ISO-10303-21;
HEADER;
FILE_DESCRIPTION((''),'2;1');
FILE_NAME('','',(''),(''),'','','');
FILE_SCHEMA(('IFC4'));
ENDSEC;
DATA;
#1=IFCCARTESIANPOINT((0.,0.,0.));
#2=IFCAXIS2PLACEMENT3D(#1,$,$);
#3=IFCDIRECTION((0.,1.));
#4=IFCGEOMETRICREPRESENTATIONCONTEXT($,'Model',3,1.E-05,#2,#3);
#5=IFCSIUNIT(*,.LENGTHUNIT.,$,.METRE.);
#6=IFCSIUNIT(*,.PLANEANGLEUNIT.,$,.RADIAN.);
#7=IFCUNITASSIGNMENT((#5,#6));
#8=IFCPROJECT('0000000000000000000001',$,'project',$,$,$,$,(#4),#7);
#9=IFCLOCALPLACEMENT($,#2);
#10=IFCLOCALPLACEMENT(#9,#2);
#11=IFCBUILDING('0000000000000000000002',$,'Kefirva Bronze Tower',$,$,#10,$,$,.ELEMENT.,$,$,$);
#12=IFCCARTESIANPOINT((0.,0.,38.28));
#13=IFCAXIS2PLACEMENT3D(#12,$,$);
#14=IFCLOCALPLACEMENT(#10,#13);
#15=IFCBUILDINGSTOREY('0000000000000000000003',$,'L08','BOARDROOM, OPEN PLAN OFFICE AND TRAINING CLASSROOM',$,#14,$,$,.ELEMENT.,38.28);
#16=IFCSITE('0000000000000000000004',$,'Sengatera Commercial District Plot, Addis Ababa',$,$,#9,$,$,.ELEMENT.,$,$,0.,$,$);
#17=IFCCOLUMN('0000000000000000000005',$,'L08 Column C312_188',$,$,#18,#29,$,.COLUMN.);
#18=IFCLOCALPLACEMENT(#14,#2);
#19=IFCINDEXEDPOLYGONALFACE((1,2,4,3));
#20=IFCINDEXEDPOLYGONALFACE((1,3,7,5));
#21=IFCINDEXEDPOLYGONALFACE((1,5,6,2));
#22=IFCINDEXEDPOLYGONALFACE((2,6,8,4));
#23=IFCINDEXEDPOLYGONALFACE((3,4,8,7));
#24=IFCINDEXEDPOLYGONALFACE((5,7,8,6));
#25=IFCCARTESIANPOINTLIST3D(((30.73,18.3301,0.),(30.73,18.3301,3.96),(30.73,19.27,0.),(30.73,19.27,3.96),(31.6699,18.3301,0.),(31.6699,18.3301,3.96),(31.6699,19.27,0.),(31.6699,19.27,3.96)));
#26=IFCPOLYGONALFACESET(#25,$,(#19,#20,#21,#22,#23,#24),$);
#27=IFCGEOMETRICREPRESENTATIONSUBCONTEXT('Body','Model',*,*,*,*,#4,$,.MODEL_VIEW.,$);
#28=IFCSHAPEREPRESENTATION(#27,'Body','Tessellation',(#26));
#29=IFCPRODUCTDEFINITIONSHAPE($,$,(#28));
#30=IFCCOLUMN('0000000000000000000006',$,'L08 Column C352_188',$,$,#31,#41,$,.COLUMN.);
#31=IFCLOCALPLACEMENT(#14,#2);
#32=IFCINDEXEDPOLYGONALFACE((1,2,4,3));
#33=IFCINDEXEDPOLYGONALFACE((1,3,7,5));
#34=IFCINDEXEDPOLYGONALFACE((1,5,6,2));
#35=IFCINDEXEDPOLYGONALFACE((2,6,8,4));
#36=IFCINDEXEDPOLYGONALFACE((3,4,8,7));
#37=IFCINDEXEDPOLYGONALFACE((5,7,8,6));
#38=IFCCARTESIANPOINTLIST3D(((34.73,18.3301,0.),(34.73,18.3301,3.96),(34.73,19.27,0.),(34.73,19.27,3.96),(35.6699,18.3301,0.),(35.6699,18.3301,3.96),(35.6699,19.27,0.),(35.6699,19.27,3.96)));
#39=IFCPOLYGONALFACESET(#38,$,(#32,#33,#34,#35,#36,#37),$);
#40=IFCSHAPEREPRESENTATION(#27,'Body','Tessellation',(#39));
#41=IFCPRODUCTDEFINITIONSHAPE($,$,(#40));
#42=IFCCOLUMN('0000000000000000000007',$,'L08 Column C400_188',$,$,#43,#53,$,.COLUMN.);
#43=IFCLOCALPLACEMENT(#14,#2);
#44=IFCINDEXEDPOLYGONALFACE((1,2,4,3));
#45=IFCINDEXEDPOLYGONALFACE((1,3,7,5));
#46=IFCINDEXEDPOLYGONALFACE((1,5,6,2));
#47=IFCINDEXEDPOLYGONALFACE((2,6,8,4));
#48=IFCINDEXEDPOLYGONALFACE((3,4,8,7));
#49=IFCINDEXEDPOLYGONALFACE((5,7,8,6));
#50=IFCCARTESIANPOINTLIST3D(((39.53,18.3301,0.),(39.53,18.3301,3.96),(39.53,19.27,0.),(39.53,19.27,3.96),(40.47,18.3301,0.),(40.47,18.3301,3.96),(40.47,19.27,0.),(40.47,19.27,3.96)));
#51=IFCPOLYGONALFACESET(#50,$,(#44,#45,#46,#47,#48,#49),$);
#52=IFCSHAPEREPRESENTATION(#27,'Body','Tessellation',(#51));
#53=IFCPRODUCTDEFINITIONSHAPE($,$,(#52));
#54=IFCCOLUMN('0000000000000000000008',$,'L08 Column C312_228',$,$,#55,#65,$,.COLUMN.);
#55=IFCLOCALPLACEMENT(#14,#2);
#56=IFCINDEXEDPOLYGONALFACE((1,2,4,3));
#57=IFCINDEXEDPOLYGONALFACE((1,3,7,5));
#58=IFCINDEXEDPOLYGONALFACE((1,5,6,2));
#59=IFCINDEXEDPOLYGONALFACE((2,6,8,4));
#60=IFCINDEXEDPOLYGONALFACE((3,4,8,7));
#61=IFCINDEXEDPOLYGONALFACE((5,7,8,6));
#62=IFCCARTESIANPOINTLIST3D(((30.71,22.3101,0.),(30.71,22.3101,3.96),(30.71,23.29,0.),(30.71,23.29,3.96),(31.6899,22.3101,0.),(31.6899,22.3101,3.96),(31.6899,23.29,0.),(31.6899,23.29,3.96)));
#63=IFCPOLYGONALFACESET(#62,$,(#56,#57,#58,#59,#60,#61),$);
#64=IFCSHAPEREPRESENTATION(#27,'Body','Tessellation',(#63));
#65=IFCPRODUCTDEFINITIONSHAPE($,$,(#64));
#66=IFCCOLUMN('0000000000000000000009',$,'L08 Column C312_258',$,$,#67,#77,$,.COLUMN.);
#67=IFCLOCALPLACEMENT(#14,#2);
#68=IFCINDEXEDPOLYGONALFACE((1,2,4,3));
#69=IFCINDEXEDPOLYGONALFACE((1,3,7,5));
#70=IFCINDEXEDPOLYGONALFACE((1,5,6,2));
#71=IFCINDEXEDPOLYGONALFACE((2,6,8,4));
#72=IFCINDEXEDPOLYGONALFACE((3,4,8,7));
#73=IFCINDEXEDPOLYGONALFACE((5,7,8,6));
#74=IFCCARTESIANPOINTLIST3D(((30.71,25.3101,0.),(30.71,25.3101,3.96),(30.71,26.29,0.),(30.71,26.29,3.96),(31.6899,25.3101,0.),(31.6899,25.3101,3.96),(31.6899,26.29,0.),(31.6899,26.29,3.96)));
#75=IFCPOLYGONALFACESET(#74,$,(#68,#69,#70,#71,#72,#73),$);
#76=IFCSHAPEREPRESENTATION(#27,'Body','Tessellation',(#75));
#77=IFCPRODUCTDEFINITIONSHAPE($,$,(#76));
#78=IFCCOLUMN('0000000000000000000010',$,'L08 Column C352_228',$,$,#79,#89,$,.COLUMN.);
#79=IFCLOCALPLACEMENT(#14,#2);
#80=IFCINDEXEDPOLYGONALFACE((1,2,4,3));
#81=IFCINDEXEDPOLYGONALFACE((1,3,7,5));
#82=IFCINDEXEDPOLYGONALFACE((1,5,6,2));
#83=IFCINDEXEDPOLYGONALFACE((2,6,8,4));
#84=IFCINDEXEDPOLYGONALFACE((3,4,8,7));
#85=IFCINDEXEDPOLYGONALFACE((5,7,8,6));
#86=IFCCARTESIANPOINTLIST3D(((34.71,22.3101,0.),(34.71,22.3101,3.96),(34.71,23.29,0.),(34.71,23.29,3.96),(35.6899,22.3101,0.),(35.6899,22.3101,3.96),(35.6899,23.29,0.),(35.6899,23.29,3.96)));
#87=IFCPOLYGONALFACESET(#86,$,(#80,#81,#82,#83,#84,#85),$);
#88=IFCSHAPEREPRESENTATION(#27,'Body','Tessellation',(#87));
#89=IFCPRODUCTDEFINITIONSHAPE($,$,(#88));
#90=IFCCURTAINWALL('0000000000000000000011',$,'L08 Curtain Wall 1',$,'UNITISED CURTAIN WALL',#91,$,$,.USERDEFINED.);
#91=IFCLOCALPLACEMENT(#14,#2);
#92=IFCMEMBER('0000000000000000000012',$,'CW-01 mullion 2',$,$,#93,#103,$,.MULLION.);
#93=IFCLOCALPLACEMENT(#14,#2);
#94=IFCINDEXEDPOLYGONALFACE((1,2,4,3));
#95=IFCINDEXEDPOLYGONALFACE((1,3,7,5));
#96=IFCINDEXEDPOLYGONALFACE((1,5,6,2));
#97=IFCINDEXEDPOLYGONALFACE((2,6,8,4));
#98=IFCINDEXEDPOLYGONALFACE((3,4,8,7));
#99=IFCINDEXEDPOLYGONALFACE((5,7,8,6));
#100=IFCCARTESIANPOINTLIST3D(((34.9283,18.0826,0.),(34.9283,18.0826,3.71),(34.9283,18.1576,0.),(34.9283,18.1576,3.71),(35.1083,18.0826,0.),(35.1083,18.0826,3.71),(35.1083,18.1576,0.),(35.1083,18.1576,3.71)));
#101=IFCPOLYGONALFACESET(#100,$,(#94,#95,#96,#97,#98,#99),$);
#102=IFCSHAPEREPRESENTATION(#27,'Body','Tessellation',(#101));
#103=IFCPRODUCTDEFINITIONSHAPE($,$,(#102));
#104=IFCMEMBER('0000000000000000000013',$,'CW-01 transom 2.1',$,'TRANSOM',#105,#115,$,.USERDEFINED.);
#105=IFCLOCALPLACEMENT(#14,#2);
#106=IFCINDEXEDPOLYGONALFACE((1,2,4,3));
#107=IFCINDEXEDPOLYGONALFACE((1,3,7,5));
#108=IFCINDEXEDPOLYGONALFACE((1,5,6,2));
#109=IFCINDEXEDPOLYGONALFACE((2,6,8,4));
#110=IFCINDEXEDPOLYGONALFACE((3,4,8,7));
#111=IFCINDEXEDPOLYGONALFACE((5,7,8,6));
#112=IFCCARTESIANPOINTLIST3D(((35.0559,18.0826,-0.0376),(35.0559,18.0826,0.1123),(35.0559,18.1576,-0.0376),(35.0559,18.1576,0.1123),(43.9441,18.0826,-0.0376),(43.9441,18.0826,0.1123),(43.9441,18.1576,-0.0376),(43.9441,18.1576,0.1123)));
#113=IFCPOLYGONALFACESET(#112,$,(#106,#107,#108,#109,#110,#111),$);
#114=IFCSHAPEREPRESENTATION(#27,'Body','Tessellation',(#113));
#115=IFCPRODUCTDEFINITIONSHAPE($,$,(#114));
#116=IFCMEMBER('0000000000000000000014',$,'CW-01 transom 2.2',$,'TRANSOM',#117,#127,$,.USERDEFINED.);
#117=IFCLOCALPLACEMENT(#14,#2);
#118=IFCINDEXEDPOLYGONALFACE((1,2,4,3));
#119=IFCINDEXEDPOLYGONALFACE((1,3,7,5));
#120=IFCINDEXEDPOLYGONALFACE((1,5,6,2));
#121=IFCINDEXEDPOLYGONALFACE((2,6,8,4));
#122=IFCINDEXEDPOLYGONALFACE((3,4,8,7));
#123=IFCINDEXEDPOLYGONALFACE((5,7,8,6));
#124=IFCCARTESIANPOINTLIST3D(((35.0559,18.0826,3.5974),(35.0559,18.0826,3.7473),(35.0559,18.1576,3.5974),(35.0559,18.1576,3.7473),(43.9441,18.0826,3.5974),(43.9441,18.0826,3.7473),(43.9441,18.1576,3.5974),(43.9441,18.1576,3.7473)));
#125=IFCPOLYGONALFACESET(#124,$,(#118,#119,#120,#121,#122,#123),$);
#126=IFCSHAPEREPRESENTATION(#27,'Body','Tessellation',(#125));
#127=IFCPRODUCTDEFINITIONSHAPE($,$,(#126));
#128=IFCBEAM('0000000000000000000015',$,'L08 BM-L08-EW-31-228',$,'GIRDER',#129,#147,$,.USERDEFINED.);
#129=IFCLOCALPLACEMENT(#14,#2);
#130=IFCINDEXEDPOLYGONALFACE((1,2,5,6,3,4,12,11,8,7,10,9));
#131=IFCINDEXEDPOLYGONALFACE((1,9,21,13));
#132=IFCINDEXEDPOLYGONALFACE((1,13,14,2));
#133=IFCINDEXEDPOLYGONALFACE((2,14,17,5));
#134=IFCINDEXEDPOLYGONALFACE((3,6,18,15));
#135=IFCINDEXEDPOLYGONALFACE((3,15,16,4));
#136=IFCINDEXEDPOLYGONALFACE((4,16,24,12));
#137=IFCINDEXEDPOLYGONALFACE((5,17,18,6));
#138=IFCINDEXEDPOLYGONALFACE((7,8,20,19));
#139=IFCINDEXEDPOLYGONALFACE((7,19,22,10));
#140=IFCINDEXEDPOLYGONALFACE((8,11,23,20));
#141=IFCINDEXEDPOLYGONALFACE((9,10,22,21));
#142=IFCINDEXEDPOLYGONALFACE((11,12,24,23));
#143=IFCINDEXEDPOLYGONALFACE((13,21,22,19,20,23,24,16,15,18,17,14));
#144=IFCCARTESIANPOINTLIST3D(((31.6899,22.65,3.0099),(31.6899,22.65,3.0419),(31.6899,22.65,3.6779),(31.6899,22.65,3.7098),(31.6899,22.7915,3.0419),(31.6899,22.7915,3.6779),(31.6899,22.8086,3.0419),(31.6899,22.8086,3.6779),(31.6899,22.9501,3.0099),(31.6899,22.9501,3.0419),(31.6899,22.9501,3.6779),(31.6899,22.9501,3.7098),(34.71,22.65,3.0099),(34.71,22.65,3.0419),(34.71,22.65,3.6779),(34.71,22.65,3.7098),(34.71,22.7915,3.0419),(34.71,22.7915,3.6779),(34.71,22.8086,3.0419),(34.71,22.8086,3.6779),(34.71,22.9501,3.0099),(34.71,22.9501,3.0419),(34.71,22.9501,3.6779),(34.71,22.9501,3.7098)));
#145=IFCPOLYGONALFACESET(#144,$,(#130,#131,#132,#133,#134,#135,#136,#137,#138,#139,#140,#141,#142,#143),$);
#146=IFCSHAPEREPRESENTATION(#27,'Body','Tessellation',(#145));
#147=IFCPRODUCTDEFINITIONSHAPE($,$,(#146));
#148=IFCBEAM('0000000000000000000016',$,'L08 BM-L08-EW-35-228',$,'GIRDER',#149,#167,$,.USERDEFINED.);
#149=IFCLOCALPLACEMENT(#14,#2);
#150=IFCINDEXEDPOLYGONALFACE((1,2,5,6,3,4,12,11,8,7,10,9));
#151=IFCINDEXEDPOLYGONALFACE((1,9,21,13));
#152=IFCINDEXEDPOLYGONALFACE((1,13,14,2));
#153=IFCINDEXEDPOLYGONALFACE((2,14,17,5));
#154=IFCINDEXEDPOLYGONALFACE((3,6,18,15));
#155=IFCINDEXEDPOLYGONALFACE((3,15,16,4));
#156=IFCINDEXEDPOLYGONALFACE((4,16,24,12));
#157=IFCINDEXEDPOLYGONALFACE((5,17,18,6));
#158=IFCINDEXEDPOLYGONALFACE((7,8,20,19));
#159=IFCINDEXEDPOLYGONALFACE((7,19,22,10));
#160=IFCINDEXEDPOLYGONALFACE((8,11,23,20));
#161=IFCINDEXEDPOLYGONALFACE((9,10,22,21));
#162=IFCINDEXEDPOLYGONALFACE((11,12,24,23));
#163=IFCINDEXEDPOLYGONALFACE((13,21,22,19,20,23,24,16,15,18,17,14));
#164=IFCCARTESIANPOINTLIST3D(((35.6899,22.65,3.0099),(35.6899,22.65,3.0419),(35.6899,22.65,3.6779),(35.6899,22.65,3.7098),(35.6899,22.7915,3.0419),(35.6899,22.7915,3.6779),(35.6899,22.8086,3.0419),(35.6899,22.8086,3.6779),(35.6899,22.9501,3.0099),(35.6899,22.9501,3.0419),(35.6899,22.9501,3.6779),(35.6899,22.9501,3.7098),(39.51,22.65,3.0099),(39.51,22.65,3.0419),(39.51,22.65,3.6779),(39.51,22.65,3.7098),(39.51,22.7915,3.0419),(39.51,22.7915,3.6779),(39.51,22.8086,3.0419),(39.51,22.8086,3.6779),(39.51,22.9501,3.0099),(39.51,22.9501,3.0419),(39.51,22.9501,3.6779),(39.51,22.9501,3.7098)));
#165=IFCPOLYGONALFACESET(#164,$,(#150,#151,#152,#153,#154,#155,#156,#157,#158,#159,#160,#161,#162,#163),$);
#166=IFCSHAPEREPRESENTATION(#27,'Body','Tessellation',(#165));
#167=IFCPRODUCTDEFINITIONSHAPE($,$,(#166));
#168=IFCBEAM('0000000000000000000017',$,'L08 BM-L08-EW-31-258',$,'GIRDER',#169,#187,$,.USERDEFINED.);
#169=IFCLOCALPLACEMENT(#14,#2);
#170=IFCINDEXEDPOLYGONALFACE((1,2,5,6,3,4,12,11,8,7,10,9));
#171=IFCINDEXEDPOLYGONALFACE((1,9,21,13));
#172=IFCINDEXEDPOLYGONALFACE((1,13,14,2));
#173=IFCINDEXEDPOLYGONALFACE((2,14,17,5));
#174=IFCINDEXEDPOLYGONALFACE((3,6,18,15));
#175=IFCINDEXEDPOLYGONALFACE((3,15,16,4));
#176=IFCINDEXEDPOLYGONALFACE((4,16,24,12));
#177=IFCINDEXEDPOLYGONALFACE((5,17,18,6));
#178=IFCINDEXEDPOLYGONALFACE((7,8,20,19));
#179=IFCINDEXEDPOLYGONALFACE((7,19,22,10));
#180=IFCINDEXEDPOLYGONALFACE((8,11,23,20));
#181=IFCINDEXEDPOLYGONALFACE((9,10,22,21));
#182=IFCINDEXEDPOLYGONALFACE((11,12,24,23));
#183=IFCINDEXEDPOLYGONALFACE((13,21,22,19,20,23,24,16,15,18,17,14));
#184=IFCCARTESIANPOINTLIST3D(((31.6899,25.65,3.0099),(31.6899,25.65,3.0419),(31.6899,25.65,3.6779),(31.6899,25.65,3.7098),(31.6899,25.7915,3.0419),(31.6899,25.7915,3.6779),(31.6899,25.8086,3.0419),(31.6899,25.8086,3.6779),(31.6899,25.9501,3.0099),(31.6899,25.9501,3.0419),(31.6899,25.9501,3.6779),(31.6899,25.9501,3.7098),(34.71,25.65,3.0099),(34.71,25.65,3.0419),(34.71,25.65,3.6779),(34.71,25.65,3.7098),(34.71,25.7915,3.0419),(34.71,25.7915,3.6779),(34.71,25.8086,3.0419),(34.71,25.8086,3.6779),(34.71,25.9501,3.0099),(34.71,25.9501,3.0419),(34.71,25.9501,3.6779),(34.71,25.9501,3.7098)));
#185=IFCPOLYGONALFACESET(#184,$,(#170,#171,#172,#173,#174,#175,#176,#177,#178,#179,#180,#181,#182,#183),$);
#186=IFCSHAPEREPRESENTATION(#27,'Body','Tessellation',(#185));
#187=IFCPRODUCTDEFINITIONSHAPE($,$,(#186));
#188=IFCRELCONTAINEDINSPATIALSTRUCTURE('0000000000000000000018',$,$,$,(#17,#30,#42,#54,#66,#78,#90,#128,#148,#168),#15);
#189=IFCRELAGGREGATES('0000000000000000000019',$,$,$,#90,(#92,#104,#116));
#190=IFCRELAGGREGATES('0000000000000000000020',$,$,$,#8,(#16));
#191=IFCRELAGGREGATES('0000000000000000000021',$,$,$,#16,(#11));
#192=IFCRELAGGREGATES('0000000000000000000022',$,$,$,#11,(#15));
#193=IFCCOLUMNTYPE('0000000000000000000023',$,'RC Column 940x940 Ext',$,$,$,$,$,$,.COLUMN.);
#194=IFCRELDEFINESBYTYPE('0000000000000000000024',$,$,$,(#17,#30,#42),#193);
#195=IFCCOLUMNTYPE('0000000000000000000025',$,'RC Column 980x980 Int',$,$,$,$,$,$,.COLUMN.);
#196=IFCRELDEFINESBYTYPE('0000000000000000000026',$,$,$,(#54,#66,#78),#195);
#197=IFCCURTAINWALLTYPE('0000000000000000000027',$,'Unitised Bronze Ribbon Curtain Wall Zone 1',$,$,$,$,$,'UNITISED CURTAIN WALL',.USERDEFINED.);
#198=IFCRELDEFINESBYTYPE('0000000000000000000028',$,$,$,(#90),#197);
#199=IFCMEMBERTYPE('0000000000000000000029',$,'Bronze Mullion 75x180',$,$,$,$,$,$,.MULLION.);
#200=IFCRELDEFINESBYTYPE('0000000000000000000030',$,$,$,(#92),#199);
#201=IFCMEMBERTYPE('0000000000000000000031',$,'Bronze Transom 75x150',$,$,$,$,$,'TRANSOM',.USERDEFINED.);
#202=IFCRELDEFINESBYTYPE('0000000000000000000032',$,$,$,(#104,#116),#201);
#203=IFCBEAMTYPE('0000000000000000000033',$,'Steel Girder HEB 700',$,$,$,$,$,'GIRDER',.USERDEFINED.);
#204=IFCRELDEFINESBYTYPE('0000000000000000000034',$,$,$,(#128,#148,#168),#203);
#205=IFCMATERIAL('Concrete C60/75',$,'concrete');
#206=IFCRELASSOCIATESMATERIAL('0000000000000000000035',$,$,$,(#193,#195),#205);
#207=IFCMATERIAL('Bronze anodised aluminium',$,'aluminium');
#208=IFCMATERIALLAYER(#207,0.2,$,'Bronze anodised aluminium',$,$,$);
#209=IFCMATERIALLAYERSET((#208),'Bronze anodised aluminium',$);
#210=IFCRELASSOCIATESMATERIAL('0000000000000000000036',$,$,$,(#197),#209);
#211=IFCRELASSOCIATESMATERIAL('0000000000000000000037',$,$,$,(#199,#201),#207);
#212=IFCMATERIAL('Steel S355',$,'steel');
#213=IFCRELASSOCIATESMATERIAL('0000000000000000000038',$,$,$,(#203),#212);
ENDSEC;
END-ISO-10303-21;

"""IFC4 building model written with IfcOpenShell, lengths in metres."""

from ifc_helpers import new_model, si_unit, direction, frame, origin, origin_2d, place, context, subcontext, project, spatial, rectangle, i_section, extrude, material, layer, layer_set, material_profile, profile_set, type_object, element, aggregate, save


model = new_model("IFC4")

# Units and contexts
model_context = context("Model", 3, precision=1e-05, world=origin(), true_north=direction((0.0, 1.0)))
body_context = subcontext(model_context, "Body", "Model", "MODEL_VIEW")
ifc_project = project(units=[si_unit("LENGTHUNIT", "METRE"), si_unit("PLANEANGLEUNIT", "RADIAN")], contexts=[model_context])

# Site, building, storey
site_placement = place(None, origin())
site = spatial("IfcSite", under=ifc_project, at=site_placement, Name="Sengatera Commercial District Plot, Addis Ababa", CompositionType="ELEMENT", RefElevation=0.0)
building_placement = place(site_placement, origin())
building = spatial("IfcBuilding", under=site, at=building_placement, Name="Kefirva Bronze Tower", CompositionType="ELEMENT")
storey_placement = place(building_placement, frame((0.0, 0.0, 38.28)))
storey = spatial("IfcBuildingStorey", under=building, at=storey_placement, Name="L08", Description="BOARDROOM, OPEN PLAN OFFICE AND TRAINING CLASSROOM", CompositionType="ELEMENT", Elevation=38.28)

# Columns
ifc_material_1 = material(Name="Concrete C60/75", Category="concrete")
ifc_material_profile_1 = material_profile(ifc_material_1, rectangle(XDim=0.9399, YDim=0.9399, at=origin_2d()), Name="RC 940x940")
ifc_profile_set_1 = profile_set([ifc_material_profile_1], Name="Concrete C60/75")
column_type_1 = type_object("IfcColumnType", Name="RC Column 940x940 Ext", PredefinedType="COLUMN", material=ifc_profile_set_1)
for number, where, z_axis, x_axis, name in (
    (1, (31.2, 18.8, 0.0), (0.0, 0.0, 1.0), (1.0, 0.0, 0.0), "L08 Column C312_188"),
    (2, (35.2, 18.8, 0.0), (0.0, 0.0, 1.0), (1.0, 0.0, 0.0), "L08 Column C352_188"),
    (3, (40.0, 18.8, 0.0), (0.0, 0.0, 1.0), (1.0, 0.0, 0.0), "L08 Column C400_188"),
):
    element("IfcColumn", number, at=place(storey_placement, frame(where, z_axis=z_axis, x_axis=x_axis)), inside=storey, type_object=column_type_1, Name=name, PredefinedType="COLUMN", context=body_context, shape_type="SweptSolid", body=[
        extrude(rectangle(XDim=0.9399, YDim=0.9399, at=origin_2d()), origin(), (0.0, 0.0, 1.0), 3.96),
    ])
ifc_material_profile_2 = material_profile(ifc_material_1, rectangle(XDim=0.98, YDim=0.98, at=origin_2d()), Name="RC 980x980")
ifc_profile_set_2 = profile_set([ifc_material_profile_2], Name="Concrete C60/75")
column_type_2 = type_object("IfcColumnType", Name="RC Column 980x980 Int", PredefinedType="COLUMN", material=ifc_profile_set_2)
for number, where, z_axis, x_axis, name in (
    (4, (31.2, 22.8, 0.0), (0.0, 0.0, 1.0), (1.0, 0.0, 0.0), "L08 Column C312_228"),
    (5, (31.2, 25.8, 0.0), (0.0, 0.0, 1.0), (1.0, 0.0, 0.0), "L08 Column C312_258"),
    (6, (35.2, 22.8, 0.0), (0.0, 0.0, 1.0), (1.0, 0.0, 0.0), "L08 Column C352_228"),
):
    element("IfcColumn", number, at=place(storey_placement, frame(where, z_axis=z_axis, x_axis=x_axis)), inside=storey, type_object=column_type_2, Name=name, PredefinedType="COLUMN", context=body_context, shape_type="SweptSolid", body=[
        extrude(rectangle(XDim=0.98, YDim=0.98, at=origin_2d()), origin(), (0.0, 0.0, 1.0), 3.96),
    ])

# Curtain wall, members
ifc_material_2 = material(Name="Bronze anodised aluminium", Category="aluminium")
ifc_layer_1 = layer(ifc_material_2, 0.2, Name="Bronze anodised aluminium")
ifc_layer_set_1 = layer_set([ifc_layer_1], Name="Bronze anodised aluminium")
curtain_wall_type = type_object("IfcCurtainWallType", Name="Unitised Bronze Ribbon Curtain Wall Zone 1", ElementType="UNITISED CURTAIN WALL", PredefinedType="USERDEFINED", material=ifc_layer_set_1)
curtain_wall_placement = place(storey_placement, origin())
curtain_wall = element("IfcCurtainWall", 7, at=curtain_wall_placement, inside=storey, type_object=curtain_wall_type, Name="L08 Curtain Wall 1", ObjectType="UNITISED CURTAIN WALL", PredefinedType="USERDEFINED")
ifc_material_profile_3 = material_profile(ifc_material_2, rectangle(XDim=0.075, YDim=0.1799, at=origin_2d()), Name="ALU 75x180")
ifc_profile_set_3 = profile_set([ifc_material_profile_3], Name="Bronze anodised aluminium")
member_type_1 = type_object("IfcMemberType", Name="Bronze Mullion 75x180", PredefinedType="MULLION", material=ifc_profile_set_3)
member_1_placement = place(storey_placement, frame((35.0183, 18.1201, 0.0), z_axis=(0.0, 0.0, 1.0), x_axis=(0.0, 1.0, 0.0)))
member_1 = element("IfcMember", 8, at=member_1_placement, type_object=member_type_1, Name="CW-01 mullion 2", PredefinedType="MULLION", context=body_context, shape_type="SweptSolid", body=[
    extrude(rectangle(XDim=0.075, YDim=0.1799, at=origin_2d()), origin(), (0.0, 0.0, 1.0), 3.71),
])
ifc_material_profile_4 = material_profile(ifc_material_2, rectangle(XDim=0.075, YDim=0.1499, at=origin_2d()), Name="ALU 75x150")
ifc_profile_set_4 = profile_set([ifc_material_profile_4], Name="Bronze anodised aluminium")
member_type_2 = type_object("IfcMemberType", Name="Bronze Transom 75x150", ElementType="TRANSOM", PredefinedType="USERDEFINED", material=ifc_profile_set_4)
member_2_placement = place(storey_placement, frame((35.0559, 18.1201, 0.0374), z_axis=(1.0, 0.0, 0.0), x_axis=(0.0, 1.0, 0.0)))
member_2 = element("IfcMember", 9, at=member_2_placement, type_object=member_type_2, Name="CW-01 transom 2.1", ObjectType="TRANSOM", PredefinedType="USERDEFINED", context=body_context, shape_type="SweptSolid", body=[
    extrude(rectangle(XDim=0.075, YDim=0.1499, at=origin_2d()), origin(), (0.0, 0.0, 1.0), 8.8882),
])
member_3_placement = place(storey_placement, frame((35.0559, 18.1201, 3.6724), z_axis=(1.0, 0.0, 0.0), x_axis=(0.0, 1.0, 0.0)))
member_3 = element("IfcMember", 10, at=member_3_placement, type_object=member_type_2, Name="CW-01 transom 2.2", ObjectType="TRANSOM", PredefinedType="USERDEFINED", context=body_context, shape_type="SweptSolid", body=[
    extrude(rectangle(XDim=0.075, YDim=0.1499, at=origin_2d()), origin(), (0.0, 0.0, 1.0), 8.8882),
])

# Beams
ifc_material_3 = material(Name="Steel S355", Category="steel")
ifc_material_profile_5 = material_profile(ifc_material_3, i_section(OverallWidth=0.3, OverallDepth=0.7, WebThickness=0.0171, FlangeThickness=0.032, at=origin_2d()), Name="HEB 700")
ifc_profile_set_5 = profile_set([ifc_material_profile_5], Name="Steel S355")
beam_type_1 = type_object("IfcBeamType", Name="Steel Girder HEB 700", ElementType="GIRDER", PredefinedType="USERDEFINED", material=ifc_profile_set_5)
beam_1_placement = place(storey_placement, frame((31.6899, 22.8, 3.3599), z_axis=(1.0, 0.0, 0.0), x_axis=(0.0, 1.0, 0.0)))
element("IfcBeam", 11, at=beam_1_placement, inside=storey, type_object=beam_type_1, Name="L08 BM-L08-EW-31-228", ObjectType="GIRDER", PredefinedType="USERDEFINED", context=body_context, shape_type="SweptSolid", body=[
    extrude(i_section(OverallWidth=0.3, OverallDepth=0.7, WebThickness=0.0171, FlangeThickness=0.032, at=origin_2d()), origin(), (0.0, 0.0, 1.0), 3.02),
])
beam_2_placement = place(storey_placement, frame((35.6899, 22.8, 3.3599), z_axis=(1.0, 0.0, 0.0), x_axis=(0.0, 1.0, 0.0)))
element("IfcBeam", 12, at=beam_2_placement, inside=storey, type_object=beam_type_1, Name="L08 BM-L08-EW-35-228", ObjectType="GIRDER", PredefinedType="USERDEFINED", context=body_context, shape_type="SweptSolid", body=[
    extrude(i_section(OverallWidth=0.3, OverallDepth=0.7, WebThickness=0.0171, FlangeThickness=0.032, at=origin_2d()), origin(), (0.0, 0.0, 1.0), 3.8201),
])
beam_3_placement = place(storey_placement, frame((31.6899, 25.8, 3.3599), z_axis=(1.0, 0.0, 0.0), x_axis=(0.0, 1.0, 0.0)))
element("IfcBeam", 13, at=beam_3_placement, inside=storey, type_object=beam_type_1, Name="L08 BM-L08-EW-31-258", ObjectType="GIRDER", PredefinedType="USERDEFINED", context=body_context, shape_type="SweptSolid", body=[
    extrude(i_section(OverallWidth=0.3, OverallDepth=0.7, WebThickness=0.0171, FlangeThickness=0.032, at=origin_2d()), origin(), (0.0, 0.0, 1.0), 3.02),
])

aggregate(curtain_wall, [member_1, member_2, member_3])

save(model, "model.ifc")
